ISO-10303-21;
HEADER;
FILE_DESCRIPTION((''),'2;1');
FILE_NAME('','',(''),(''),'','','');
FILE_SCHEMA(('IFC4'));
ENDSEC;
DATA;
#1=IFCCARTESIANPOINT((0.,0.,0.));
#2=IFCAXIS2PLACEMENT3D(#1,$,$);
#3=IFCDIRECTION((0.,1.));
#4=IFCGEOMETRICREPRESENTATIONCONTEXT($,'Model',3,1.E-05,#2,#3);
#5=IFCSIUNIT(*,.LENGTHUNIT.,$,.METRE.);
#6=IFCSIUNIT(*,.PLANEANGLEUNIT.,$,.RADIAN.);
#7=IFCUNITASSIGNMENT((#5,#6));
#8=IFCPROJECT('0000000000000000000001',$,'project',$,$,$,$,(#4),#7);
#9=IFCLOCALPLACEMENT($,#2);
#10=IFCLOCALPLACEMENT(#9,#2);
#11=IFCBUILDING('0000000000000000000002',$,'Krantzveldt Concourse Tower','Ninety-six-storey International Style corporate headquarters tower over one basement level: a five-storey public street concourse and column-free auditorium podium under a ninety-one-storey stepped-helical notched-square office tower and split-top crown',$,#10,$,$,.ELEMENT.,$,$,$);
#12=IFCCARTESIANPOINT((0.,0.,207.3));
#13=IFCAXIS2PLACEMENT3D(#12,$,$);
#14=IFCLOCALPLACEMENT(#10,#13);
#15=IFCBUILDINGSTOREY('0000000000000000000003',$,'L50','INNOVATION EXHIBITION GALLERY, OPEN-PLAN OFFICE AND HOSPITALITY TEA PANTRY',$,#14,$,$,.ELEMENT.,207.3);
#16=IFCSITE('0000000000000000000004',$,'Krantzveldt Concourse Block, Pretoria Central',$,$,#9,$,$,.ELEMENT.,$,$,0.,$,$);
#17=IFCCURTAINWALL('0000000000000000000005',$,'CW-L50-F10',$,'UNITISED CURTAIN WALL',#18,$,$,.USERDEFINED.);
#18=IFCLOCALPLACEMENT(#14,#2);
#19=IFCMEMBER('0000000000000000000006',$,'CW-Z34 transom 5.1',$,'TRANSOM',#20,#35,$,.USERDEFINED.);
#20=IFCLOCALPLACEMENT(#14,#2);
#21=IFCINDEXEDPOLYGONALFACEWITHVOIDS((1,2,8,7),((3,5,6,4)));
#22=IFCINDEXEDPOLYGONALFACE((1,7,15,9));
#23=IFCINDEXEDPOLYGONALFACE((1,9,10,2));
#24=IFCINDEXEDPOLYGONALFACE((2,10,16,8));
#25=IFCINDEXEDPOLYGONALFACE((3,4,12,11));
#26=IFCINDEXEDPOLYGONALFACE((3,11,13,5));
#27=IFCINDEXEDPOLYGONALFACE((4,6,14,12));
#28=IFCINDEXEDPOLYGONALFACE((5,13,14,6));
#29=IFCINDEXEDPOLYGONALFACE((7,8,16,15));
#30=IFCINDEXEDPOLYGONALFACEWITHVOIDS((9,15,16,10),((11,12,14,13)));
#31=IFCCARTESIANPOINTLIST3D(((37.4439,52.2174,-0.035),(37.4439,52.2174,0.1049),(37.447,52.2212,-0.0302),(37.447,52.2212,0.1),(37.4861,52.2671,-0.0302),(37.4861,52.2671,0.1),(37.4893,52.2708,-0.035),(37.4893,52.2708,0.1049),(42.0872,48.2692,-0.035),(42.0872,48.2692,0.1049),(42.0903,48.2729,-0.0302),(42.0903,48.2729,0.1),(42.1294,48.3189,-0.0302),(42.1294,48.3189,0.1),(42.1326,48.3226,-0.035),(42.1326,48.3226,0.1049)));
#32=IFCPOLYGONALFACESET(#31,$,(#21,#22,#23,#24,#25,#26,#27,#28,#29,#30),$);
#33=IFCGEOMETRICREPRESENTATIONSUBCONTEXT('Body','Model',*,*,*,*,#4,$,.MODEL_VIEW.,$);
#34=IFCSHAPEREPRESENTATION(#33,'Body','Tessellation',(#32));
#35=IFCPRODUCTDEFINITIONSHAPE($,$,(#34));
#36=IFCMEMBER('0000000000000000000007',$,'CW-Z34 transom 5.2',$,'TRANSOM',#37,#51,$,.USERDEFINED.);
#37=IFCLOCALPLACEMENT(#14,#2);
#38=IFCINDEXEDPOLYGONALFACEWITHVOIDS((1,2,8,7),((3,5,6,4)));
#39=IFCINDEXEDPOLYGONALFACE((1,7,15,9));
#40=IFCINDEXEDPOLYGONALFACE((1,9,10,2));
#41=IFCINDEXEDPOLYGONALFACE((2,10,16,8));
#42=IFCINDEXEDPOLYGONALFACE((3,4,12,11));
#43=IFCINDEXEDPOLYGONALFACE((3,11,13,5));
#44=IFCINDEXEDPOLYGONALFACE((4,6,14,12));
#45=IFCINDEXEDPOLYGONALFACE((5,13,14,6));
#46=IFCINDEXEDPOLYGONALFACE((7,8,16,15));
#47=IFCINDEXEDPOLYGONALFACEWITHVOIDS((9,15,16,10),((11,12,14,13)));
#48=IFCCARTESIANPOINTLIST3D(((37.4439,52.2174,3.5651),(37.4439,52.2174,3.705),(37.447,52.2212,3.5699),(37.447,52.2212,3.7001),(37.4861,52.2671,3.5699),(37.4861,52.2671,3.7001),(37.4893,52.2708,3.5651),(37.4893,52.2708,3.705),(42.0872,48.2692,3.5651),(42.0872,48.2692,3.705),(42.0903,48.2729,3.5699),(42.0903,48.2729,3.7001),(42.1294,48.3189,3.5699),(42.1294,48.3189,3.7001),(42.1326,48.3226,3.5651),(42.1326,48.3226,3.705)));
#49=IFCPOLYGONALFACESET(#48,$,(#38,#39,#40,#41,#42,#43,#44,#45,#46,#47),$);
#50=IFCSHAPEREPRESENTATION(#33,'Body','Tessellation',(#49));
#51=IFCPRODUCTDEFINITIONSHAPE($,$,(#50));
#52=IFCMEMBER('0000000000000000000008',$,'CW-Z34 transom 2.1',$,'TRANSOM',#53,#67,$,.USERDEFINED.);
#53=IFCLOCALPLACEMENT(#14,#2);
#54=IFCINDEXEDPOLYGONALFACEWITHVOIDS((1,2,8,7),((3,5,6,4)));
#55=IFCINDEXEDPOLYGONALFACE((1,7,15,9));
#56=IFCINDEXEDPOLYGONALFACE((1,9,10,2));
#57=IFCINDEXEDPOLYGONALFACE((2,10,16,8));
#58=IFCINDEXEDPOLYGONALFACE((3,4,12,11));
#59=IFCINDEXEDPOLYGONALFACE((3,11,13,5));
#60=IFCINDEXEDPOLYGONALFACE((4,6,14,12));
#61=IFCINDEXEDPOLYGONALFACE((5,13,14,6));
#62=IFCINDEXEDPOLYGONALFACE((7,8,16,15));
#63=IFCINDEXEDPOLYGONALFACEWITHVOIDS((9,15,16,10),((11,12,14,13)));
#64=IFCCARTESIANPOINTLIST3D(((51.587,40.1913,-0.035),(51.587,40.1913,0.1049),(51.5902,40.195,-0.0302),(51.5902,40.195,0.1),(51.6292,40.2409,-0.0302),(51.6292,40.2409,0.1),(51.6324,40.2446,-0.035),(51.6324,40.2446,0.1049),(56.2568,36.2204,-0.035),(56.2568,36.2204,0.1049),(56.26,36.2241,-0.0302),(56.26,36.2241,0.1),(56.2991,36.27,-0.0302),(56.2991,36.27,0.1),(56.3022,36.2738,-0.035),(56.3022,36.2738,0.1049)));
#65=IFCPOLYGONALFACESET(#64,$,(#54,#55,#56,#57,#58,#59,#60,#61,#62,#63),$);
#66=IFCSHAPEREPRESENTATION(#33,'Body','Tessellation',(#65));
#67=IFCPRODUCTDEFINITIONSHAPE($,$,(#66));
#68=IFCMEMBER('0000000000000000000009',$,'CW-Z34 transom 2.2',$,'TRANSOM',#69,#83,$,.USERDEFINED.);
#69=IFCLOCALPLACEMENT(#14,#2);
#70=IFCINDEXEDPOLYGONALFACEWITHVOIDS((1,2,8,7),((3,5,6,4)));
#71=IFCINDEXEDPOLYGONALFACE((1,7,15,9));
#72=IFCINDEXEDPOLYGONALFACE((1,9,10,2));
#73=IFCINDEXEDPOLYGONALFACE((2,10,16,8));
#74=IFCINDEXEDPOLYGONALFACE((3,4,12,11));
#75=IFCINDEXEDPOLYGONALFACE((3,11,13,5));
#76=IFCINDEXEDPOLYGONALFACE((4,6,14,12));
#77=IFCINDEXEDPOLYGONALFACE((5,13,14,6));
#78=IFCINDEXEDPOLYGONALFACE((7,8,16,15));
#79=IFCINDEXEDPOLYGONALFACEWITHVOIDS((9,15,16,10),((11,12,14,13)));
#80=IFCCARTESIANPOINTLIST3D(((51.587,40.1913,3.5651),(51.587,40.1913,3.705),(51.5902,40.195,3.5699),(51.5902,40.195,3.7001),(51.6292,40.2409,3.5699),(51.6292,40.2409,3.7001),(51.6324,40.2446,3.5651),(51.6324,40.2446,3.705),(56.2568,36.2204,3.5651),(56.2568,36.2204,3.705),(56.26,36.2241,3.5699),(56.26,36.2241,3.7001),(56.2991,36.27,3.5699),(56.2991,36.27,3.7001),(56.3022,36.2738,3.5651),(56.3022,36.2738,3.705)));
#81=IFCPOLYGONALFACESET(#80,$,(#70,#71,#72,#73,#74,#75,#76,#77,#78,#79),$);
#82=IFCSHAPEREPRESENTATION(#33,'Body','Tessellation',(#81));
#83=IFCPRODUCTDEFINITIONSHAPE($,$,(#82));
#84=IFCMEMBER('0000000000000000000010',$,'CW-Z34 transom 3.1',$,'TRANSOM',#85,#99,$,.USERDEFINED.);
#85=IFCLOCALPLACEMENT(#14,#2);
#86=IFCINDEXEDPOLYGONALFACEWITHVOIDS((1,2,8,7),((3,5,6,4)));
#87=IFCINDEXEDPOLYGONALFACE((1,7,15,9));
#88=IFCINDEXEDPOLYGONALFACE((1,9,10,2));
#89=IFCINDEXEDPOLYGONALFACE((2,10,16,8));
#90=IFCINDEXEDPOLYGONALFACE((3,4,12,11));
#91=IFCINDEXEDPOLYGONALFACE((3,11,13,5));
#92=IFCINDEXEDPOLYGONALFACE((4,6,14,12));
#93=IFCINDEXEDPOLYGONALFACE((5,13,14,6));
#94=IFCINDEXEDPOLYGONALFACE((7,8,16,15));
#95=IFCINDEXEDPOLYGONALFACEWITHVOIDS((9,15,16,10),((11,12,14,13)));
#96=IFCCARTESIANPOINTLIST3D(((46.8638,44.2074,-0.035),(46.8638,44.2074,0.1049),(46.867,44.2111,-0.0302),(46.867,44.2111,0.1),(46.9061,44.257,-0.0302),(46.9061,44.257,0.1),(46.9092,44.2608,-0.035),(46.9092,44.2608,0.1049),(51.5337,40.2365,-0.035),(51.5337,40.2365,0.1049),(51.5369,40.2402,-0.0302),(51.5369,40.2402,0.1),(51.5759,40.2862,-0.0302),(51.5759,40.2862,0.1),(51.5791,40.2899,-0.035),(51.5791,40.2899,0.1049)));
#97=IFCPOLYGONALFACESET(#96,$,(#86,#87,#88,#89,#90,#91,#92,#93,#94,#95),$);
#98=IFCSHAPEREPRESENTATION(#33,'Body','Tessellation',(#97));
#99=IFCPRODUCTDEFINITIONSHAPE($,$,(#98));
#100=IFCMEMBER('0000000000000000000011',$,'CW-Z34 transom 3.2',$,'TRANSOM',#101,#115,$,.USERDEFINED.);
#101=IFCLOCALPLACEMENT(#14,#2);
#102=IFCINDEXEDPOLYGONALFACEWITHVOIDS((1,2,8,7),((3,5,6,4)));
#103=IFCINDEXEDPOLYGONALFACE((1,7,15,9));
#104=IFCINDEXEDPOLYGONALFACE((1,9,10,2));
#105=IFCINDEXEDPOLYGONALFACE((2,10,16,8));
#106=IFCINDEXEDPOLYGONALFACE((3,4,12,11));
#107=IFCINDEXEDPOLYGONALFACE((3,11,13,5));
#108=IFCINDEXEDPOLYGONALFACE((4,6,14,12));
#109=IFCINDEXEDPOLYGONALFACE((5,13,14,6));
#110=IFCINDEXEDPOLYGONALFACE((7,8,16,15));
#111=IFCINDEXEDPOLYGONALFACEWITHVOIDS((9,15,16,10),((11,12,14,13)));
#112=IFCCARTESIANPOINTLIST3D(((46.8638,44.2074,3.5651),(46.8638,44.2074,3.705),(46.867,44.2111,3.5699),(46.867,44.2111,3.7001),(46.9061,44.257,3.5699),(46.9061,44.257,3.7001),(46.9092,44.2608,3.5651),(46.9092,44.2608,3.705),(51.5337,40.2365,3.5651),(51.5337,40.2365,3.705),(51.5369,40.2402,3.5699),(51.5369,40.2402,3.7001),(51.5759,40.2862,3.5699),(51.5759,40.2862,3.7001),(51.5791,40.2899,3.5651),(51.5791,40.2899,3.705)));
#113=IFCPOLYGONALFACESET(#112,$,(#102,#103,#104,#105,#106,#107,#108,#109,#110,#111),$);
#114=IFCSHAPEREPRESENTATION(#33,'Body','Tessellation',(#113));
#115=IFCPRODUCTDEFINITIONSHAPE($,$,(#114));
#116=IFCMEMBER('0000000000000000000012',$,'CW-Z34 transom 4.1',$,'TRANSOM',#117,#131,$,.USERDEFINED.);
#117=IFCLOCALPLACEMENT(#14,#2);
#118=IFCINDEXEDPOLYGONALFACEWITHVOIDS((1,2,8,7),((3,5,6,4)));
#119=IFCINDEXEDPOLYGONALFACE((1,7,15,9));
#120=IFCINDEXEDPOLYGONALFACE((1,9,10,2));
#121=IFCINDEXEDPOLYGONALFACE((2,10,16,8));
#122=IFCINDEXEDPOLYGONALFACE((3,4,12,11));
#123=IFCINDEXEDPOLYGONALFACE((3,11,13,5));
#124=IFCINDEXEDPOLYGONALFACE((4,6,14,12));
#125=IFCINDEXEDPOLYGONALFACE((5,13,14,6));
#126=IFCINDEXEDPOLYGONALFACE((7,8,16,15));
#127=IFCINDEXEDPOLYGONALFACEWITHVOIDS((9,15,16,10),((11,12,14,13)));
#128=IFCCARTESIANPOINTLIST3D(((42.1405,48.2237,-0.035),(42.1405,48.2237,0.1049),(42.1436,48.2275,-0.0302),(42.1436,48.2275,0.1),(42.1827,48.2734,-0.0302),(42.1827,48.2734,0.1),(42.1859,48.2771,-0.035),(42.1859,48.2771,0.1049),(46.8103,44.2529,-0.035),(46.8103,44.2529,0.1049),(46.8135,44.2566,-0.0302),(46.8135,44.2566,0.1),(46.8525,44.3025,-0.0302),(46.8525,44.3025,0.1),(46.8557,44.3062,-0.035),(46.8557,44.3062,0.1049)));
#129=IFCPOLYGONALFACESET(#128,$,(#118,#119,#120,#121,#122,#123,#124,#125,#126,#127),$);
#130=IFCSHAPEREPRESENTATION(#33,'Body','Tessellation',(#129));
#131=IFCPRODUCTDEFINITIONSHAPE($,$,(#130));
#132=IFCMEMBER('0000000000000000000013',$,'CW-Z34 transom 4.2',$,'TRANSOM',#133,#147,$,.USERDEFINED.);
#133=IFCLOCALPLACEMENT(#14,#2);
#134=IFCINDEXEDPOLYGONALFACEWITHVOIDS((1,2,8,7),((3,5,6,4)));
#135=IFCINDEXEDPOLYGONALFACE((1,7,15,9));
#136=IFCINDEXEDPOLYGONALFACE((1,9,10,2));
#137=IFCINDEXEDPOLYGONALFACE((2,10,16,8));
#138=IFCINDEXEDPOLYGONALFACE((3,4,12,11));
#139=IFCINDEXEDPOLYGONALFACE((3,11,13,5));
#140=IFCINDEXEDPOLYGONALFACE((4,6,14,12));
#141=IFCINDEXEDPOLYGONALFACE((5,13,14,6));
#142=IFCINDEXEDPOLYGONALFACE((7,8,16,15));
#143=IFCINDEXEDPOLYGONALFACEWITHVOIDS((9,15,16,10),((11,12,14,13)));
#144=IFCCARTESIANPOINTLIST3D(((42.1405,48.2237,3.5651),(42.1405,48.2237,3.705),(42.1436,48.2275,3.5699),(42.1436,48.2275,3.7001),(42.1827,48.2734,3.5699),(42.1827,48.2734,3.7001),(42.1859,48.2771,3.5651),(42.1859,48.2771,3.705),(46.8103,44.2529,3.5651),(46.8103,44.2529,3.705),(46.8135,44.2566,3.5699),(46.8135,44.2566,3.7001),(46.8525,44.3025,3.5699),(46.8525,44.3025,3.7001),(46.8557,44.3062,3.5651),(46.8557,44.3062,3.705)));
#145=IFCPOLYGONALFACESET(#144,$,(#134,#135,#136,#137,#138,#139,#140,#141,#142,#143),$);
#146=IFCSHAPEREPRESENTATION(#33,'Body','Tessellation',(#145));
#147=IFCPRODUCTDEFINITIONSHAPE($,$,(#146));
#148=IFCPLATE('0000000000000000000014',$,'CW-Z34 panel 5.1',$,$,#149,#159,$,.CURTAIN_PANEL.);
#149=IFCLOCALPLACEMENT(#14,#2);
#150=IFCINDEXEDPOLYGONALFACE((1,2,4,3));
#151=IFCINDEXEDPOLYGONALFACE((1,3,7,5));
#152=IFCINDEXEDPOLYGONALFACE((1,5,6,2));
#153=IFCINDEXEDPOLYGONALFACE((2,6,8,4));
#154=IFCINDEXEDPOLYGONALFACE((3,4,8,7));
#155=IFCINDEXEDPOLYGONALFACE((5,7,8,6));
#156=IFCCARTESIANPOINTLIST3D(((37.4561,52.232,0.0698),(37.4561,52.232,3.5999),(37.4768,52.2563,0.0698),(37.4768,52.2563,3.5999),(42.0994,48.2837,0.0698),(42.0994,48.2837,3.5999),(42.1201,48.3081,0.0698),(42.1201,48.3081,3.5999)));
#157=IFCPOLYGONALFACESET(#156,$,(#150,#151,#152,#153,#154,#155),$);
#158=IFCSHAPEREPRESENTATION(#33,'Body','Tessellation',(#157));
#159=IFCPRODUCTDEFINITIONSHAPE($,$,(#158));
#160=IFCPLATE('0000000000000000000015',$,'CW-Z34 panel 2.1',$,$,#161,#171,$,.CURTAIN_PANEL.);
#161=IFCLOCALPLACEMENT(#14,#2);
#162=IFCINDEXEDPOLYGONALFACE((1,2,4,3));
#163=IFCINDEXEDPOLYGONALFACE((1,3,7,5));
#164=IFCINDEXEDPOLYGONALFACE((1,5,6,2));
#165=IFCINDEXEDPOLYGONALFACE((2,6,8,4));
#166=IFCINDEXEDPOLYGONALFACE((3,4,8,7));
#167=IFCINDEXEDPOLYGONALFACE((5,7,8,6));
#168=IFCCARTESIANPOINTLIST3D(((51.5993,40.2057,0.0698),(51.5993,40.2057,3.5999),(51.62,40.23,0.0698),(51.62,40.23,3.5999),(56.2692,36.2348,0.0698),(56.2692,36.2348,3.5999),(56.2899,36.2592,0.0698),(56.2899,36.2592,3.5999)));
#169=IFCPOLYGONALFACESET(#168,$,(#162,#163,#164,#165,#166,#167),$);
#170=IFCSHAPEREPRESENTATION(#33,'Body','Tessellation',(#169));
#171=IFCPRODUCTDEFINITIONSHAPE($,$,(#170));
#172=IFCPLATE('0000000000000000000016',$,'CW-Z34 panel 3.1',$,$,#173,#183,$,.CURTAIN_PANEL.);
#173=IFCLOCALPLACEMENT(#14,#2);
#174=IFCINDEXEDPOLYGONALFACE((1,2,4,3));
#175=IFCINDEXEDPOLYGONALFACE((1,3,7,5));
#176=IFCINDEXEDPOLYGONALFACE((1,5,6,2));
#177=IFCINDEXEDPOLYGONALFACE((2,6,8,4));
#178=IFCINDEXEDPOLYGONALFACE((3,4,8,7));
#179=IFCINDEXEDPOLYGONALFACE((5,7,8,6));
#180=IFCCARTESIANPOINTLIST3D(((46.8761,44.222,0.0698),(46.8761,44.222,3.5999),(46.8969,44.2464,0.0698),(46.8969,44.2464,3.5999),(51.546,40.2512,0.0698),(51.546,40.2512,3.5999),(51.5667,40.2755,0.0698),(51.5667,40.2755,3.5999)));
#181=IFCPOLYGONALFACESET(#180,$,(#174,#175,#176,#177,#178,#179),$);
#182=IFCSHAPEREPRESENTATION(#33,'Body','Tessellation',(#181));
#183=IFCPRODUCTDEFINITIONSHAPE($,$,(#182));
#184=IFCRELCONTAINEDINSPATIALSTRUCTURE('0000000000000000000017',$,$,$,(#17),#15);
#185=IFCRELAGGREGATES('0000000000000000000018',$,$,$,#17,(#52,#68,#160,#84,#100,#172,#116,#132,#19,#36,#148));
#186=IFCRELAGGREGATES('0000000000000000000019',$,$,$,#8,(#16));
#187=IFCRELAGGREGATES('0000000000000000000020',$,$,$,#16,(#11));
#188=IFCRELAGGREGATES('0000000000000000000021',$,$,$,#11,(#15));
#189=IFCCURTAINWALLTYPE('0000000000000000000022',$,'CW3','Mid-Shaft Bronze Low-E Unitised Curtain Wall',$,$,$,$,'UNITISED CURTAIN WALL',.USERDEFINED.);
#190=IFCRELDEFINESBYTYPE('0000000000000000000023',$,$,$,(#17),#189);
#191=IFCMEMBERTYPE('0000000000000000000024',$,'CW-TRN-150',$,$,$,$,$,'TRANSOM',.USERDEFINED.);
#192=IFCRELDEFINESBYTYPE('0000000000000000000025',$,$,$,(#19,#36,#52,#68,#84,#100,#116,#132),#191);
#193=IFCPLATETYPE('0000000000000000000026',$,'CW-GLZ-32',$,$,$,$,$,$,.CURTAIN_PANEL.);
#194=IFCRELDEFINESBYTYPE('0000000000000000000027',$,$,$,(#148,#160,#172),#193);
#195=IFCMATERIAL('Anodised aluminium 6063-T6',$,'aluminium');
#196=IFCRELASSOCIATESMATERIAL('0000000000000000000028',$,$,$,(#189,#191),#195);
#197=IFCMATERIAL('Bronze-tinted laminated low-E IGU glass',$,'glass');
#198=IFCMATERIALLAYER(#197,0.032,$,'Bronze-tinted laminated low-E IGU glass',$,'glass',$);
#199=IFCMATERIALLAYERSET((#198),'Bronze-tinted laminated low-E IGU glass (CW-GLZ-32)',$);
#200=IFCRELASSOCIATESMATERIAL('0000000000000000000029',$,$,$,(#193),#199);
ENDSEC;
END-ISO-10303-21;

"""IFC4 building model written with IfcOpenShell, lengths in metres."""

from ifc_helpers import new_model, si_unit, direction, frame, origin, origin_2d, place, context, subcontext, project, spatial, rectangle, hollow_rectangle, extrude, source, transform, mapped, material, layer, layer_set, material_profile, profile_set, type_object, type_shapes, element, aggregate, save


model = new_model("IFC4")

# Units and contexts
model_context = context("Model", 3, precision=1e-05, world=origin(), true_north=direction((0.0, 1.0)))
body_context = subcontext(model_context, "Body", "Model", "MODEL_VIEW")
ifc_project = project(units=[si_unit("LENGTHUNIT", "METRE"), si_unit("PLANEANGLEUNIT", "RADIAN")], contexts=[model_context])

# Site, building, storey
site_placement = place(None, origin())
site = spatial("IfcSite", under=ifc_project, at=site_placement, Name="Krantzveldt Concourse Block, Pretoria Central", CompositionType="ELEMENT", RefElevation=0.0)
building_placement = place(site_placement, origin())
building = spatial("IfcBuilding", under=site, at=building_placement, Name="Krantzveldt Concourse Tower", Description="Ninety-six-storey International Style corporate headquarters tower over one basement level: a five-storey public street concourse and column-free auditorium podium under a ninety-one-storey stepped-helical notched-square office tower and split-top crown", CompositionType="ELEMENT")
storey_placement = place(building_placement, frame((0.0, 0.0, 207.3)))
storey = spatial("IfcBuildingStorey", under=building, at=storey_placement, Name="L50", Description="INNOVATION EXHIBITION GALLERY, OPEN-PLAN OFFICE AND HOSPITALITY TEA PANTRY", CompositionType="ELEMENT", Elevation=207.3)

# Curtain wall, members, plates
ifc_material_1 = material(Name="Anodised aluminium 6063-T6", Category="aluminium")
curtain_wall_type = type_object("IfcCurtainWallType", Name="CW3", Description="Mid-Shaft Bronze Low-E Unitised Curtain Wall", ElementType="UNITISED CURTAIN WALL", PredefinedType="USERDEFINED", material=ifc_material_1)
curtain_wall_placement = place(storey_placement, origin())
curtain_wall = element("IfcCurtainWall", 1, at=curtain_wall_placement, inside=storey, type_object=curtain_wall_type, Name="CW-L50-F10", ObjectType="UNITISED CURTAIN WALL", PredefinedType="USERDEFINED")
ifc_material_profile_1 = material_profile(ifc_material_1, hollow_rectangle(XDim=0.0701, YDim=0.1399, WallThickness=0.0049, at=origin_2d()), Name="Anodised aluminium 6063-T6", Category="aluminium")
ifc_profile_set_1 = profile_set([ifc_material_profile_1], Name="Anodised aluminium 6063-T6 - ALU-TRAN 140x70x5")
member_type_1 = type_object("IfcMemberType", Name="CW-TRN-150", ElementType="TRANSOM", PredefinedType="USERDEFINED", material=ifc_profile_set_1)
shared_shape_1 = source(origin(), body_context, "Body", "SweptSolid", [
    extrude(hollow_rectangle(XDim=0.0701, YDim=0.1399, WallThickness=0.0049, at=origin_2d()), origin(), (0.0, 0.0, 1.0), 6.095),
])
member_1_placement = place(storey_placement, frame((42.1099, 48.2959, 0.0349), z_axis=(-0.761824, 0.647784, 0.0), x_axis=(-0.647784, -0.761824, 0.0)))
member_1 = element("IfcMember", 2, at=member_1_placement, type_object=member_type_1, Name="CW-Z34 transom 5.1", ObjectType="TRANSOM", PredefinedType="USERDEFINED", context=body_context, shape_type="MappedRepresentation", body=[
    mapped(shared_shape_1, transform((0.0, 0.0, 0.0), x_axis=(1.0, 0.0, 0.0), y_axis=(0.0, 1.0, 0.0), z_axis=(0.0, 0.0, 1.0), scale=1.0)),
])
member_2_placement = place(storey_placement, frame((42.1099, 48.2959, 3.635), z_axis=(-0.761824, 0.647784, 0.0), x_axis=(-0.647784, -0.761824, 0.0)))
member_2 = element("IfcMember", 3, at=member_2_placement, type_object=member_type_1, Name="CW-Z34 transom 5.2", ObjectType="TRANSOM", PredefinedType="USERDEFINED", context=body_context, shape_type="MappedRepresentation", body=[
    mapped(shared_shape_1, transform((0.0, 0.0, 0.0), x_axis=(1.0, 0.0, 0.0), y_axis=(0.0, 1.0, 0.0), z_axis=(0.0, 0.0, 1.0), scale=1.0)),
])
shared_shape_2 = source(origin(), body_context, "Body", "SweptSolid", [
    extrude(hollow_rectangle(XDim=0.0701, YDim=0.1399, WallThickness=0.0049, at=origin_2d()), origin(), (0.0, 0.0, 1.0), 6.1299),
])
type_shapes(member_type_1, [shared_shape_1, shared_shape_2])
member_3_placement = place(storey_placement, frame((56.2795, 36.2471, 0.0349), z_axis=(-0.761817, 0.647792, 0.0), x_axis=(-0.647792, -0.761817, 0.0)))
member_3 = element("IfcMember", 4, at=member_3_placement, type_object=member_type_1, Name="CW-Z34 transom 2.1", ObjectType="TRANSOM", PredefinedType="USERDEFINED", context=body_context, shape_type="MappedRepresentation", body=[
    mapped(shared_shape_2, transform((0.0, 0.0, 0.0), x_axis=(1.0, 0.0, 0.0), y_axis=(0.0, 1.0, 0.0), z_axis=(0.0, 0.0, 1.0), scale=1.0)),
])
member_4_placement = place(storey_placement, frame((56.2795, 36.2471, 3.635), z_axis=(-0.761817, 0.647792, 0.0), x_axis=(-0.647792, -0.761817, 0.0)))
member_4 = element("IfcMember", 5, at=member_4_placement, type_object=member_type_1, Name="CW-Z34 transom 2.2", ObjectType="TRANSOM", PredefinedType="USERDEFINED", context=body_context, shape_type="MappedRepresentation", body=[
    mapped(shared_shape_2, transform((0.0, 0.0, 0.0), x_axis=(1.0, 0.0, 0.0), y_axis=(0.0, 1.0, 0.0), z_axis=(0.0, 0.0, 1.0), scale=1.0)),
])
member_5_placement = place(storey_placement, frame((51.5564, 40.2632, 0.0349), z_axis=(-0.761817, 0.647792, 0.0), x_axis=(-0.647792, -0.761817, 0.0)))
member_5 = element("IfcMember", 6, at=member_5_placement, type_object=member_type_1, Name="CW-Z34 transom 3.1", ObjectType="TRANSOM", PredefinedType="USERDEFINED", context=body_context, shape_type="MappedRepresentation", body=[
    mapped(shared_shape_2, transform((0.0, 0.0, 0.0), x_axis=(1.0, 0.0, 0.0), y_axis=(0.0, 1.0, 0.0), z_axis=(0.0, 0.0, 1.0), scale=1.0)),
])
member_6_placement = place(storey_placement, frame((51.5564, 40.2632, 3.635), z_axis=(-0.761817, 0.647792, 0.0), x_axis=(-0.647792, -0.761817, 0.0)))
member_6 = element("IfcMember", 7, at=member_6_placement, type_object=member_type_1, Name="CW-Z34 transom 3.2", ObjectType="TRANSOM", PredefinedType="USERDEFINED", context=body_context, shape_type="MappedRepresentation", body=[
    mapped(shared_shape_2, transform((0.0, 0.0, 0.0), x_axis=(1.0, 0.0, 0.0), y_axis=(0.0, 1.0, 0.0), z_axis=(0.0, 0.0, 1.0), scale=1.0)),
])
member_7_placement = place(storey_placement, frame((46.833, 44.2795, 0.0349), z_axis=(-0.761817, 0.647792, 0.0), x_axis=(-0.647792, -0.761817, 0.0)))
member_7 = element("IfcMember", 8, at=member_7_placement, type_object=member_type_1, Name="CW-Z34 transom 4.1", ObjectType="TRANSOM", PredefinedType="USERDEFINED", context=body_context, shape_type="MappedRepresentation", body=[
    mapped(shared_shape_2, transform((0.0, 0.0, 0.0), x_axis=(1.0, 0.0, 0.0), y_axis=(0.0, 1.0, 0.0), z_axis=(0.0, 0.0, 1.0), scale=1.0)),
])
member_8_placement = place(storey_placement, frame((46.833, 44.2795, 3.635), z_axis=(-0.761817, 0.647792, 0.0), x_axis=(-0.647792, -0.761817, 0.0)))
member_8 = element("IfcMember", 9, at=member_8_placement, type_object=member_type_1, Name="CW-Z34 transom 4.2", ObjectType="TRANSOM", PredefinedType="USERDEFINED", context=body_context, shape_type="MappedRepresentation", body=[
    mapped(shared_shape_2, transform((0.0, 0.0, 0.0), x_axis=(1.0, 0.0, 0.0), y_axis=(0.0, 1.0, 0.0), z_axis=(0.0, 0.0, 1.0), scale=1.0)),
])
ifc_material_2 = material(Name="Bronze-tinted laminated low-E IGU glass", Category="glass")
ifc_layer_1 = layer(ifc_material_2, 0.032, Name="Bronze-tinted laminated low-E IGU glass", Category="glass")
ifc_layer_set_1 = layer_set([ifc_layer_1], Name="Bronze-tinted laminated low-E IGU glass (CW-GLZ-32)")
plate_type = type_object("IfcPlateType", Name="CW-GLZ-32", PredefinedType="CURTAIN_PANEL", material=ifc_layer_set_1)
shared_shape_3 = source(origin(), body_context, "Body", "SweptSolid", [
    extrude(rectangle(XDim=6.095, YDim=0.032, at=origin_2d()), origin(), (0.0, 0.0, 1.0), 3.53),
])
plate_1_placement = place(storey_placement, frame((39.7881, 50.27, 0.0698), z_axis=(0.0, 0.0, 1.0), x_axis=(-0.761821, 0.647788, 0.0)))
plate_1 = element("IfcPlate", 10, at=plate_1_placement, type_object=plate_type, Name="CW-Z34 panel 5.1", PredefinedType="CURTAIN_PANEL", context=body_context, shape_type="MappedRepresentation", body=[
    mapped(shared_shape_3, transform((0.0, 0.0, 0.0), x_axis=(1.0, 0.0, 0.0), y_axis=(0.0, 1.0, 0.0), z_axis=(0.0, 0.0, 1.0), scale=1.0)),
])
shared_shape_4 = source(origin(), body_context, "Body", "SweptSolid", [
    extrude(rectangle(XDim=6.1299, YDim=0.032, at=origin_2d()), origin(), (0.0, 0.0, 1.0), 3.53),
])
type_shapes(plate_type, [shared_shape_3, shared_shape_4])
plate_2_placement = place(storey_placement, frame((53.9446, 38.2324, 0.0698), z_axis=(0.0, 0.0, 1.0), x_axis=(-0.761821, 0.647788, 0.0)))
plate_2 = element("IfcPlate", 11, at=plate_2_placement, type_object=plate_type, Name="CW-Z34 panel 2.1", PredefinedType="CURTAIN_PANEL", context=body_context, shape_type="MappedRepresentation", body=[
    mapped(shared_shape_4, transform((0.0, 0.0, 0.0), x_axis=(1.0, 0.0, 0.0), y_axis=(0.0, 1.0, 0.0), z_axis=(0.0, 0.0, 1.0), scale=1.0)),
])
plate_3_placement = place(storey_placement, frame((49.2214, 42.2488, 0.0698), z_axis=(0.0, 0.0, 1.0), x_axis=(-0.761821, 0.647788, 0.0)))
plate_3 = element("IfcPlate", 12, at=plate_3_placement, type_object=plate_type, Name="CW-Z34 panel 3.1", PredefinedType="CURTAIN_PANEL", context=body_context, shape_type="MappedRepresentation", body=[
    mapped(shared_shape_4, transform((0.0, 0.0, 0.0), x_axis=(1.0, 0.0, 0.0), y_axis=(0.0, 1.0, 0.0), z_axis=(0.0, 0.0, 1.0), scale=1.0)),
])
aggregate(curtain_wall, [member_3, member_4, plate_2, member_5, member_6, plate_3, member_7, member_8, member_1, member_2, plate_1])

save(model, "model.ifc")
